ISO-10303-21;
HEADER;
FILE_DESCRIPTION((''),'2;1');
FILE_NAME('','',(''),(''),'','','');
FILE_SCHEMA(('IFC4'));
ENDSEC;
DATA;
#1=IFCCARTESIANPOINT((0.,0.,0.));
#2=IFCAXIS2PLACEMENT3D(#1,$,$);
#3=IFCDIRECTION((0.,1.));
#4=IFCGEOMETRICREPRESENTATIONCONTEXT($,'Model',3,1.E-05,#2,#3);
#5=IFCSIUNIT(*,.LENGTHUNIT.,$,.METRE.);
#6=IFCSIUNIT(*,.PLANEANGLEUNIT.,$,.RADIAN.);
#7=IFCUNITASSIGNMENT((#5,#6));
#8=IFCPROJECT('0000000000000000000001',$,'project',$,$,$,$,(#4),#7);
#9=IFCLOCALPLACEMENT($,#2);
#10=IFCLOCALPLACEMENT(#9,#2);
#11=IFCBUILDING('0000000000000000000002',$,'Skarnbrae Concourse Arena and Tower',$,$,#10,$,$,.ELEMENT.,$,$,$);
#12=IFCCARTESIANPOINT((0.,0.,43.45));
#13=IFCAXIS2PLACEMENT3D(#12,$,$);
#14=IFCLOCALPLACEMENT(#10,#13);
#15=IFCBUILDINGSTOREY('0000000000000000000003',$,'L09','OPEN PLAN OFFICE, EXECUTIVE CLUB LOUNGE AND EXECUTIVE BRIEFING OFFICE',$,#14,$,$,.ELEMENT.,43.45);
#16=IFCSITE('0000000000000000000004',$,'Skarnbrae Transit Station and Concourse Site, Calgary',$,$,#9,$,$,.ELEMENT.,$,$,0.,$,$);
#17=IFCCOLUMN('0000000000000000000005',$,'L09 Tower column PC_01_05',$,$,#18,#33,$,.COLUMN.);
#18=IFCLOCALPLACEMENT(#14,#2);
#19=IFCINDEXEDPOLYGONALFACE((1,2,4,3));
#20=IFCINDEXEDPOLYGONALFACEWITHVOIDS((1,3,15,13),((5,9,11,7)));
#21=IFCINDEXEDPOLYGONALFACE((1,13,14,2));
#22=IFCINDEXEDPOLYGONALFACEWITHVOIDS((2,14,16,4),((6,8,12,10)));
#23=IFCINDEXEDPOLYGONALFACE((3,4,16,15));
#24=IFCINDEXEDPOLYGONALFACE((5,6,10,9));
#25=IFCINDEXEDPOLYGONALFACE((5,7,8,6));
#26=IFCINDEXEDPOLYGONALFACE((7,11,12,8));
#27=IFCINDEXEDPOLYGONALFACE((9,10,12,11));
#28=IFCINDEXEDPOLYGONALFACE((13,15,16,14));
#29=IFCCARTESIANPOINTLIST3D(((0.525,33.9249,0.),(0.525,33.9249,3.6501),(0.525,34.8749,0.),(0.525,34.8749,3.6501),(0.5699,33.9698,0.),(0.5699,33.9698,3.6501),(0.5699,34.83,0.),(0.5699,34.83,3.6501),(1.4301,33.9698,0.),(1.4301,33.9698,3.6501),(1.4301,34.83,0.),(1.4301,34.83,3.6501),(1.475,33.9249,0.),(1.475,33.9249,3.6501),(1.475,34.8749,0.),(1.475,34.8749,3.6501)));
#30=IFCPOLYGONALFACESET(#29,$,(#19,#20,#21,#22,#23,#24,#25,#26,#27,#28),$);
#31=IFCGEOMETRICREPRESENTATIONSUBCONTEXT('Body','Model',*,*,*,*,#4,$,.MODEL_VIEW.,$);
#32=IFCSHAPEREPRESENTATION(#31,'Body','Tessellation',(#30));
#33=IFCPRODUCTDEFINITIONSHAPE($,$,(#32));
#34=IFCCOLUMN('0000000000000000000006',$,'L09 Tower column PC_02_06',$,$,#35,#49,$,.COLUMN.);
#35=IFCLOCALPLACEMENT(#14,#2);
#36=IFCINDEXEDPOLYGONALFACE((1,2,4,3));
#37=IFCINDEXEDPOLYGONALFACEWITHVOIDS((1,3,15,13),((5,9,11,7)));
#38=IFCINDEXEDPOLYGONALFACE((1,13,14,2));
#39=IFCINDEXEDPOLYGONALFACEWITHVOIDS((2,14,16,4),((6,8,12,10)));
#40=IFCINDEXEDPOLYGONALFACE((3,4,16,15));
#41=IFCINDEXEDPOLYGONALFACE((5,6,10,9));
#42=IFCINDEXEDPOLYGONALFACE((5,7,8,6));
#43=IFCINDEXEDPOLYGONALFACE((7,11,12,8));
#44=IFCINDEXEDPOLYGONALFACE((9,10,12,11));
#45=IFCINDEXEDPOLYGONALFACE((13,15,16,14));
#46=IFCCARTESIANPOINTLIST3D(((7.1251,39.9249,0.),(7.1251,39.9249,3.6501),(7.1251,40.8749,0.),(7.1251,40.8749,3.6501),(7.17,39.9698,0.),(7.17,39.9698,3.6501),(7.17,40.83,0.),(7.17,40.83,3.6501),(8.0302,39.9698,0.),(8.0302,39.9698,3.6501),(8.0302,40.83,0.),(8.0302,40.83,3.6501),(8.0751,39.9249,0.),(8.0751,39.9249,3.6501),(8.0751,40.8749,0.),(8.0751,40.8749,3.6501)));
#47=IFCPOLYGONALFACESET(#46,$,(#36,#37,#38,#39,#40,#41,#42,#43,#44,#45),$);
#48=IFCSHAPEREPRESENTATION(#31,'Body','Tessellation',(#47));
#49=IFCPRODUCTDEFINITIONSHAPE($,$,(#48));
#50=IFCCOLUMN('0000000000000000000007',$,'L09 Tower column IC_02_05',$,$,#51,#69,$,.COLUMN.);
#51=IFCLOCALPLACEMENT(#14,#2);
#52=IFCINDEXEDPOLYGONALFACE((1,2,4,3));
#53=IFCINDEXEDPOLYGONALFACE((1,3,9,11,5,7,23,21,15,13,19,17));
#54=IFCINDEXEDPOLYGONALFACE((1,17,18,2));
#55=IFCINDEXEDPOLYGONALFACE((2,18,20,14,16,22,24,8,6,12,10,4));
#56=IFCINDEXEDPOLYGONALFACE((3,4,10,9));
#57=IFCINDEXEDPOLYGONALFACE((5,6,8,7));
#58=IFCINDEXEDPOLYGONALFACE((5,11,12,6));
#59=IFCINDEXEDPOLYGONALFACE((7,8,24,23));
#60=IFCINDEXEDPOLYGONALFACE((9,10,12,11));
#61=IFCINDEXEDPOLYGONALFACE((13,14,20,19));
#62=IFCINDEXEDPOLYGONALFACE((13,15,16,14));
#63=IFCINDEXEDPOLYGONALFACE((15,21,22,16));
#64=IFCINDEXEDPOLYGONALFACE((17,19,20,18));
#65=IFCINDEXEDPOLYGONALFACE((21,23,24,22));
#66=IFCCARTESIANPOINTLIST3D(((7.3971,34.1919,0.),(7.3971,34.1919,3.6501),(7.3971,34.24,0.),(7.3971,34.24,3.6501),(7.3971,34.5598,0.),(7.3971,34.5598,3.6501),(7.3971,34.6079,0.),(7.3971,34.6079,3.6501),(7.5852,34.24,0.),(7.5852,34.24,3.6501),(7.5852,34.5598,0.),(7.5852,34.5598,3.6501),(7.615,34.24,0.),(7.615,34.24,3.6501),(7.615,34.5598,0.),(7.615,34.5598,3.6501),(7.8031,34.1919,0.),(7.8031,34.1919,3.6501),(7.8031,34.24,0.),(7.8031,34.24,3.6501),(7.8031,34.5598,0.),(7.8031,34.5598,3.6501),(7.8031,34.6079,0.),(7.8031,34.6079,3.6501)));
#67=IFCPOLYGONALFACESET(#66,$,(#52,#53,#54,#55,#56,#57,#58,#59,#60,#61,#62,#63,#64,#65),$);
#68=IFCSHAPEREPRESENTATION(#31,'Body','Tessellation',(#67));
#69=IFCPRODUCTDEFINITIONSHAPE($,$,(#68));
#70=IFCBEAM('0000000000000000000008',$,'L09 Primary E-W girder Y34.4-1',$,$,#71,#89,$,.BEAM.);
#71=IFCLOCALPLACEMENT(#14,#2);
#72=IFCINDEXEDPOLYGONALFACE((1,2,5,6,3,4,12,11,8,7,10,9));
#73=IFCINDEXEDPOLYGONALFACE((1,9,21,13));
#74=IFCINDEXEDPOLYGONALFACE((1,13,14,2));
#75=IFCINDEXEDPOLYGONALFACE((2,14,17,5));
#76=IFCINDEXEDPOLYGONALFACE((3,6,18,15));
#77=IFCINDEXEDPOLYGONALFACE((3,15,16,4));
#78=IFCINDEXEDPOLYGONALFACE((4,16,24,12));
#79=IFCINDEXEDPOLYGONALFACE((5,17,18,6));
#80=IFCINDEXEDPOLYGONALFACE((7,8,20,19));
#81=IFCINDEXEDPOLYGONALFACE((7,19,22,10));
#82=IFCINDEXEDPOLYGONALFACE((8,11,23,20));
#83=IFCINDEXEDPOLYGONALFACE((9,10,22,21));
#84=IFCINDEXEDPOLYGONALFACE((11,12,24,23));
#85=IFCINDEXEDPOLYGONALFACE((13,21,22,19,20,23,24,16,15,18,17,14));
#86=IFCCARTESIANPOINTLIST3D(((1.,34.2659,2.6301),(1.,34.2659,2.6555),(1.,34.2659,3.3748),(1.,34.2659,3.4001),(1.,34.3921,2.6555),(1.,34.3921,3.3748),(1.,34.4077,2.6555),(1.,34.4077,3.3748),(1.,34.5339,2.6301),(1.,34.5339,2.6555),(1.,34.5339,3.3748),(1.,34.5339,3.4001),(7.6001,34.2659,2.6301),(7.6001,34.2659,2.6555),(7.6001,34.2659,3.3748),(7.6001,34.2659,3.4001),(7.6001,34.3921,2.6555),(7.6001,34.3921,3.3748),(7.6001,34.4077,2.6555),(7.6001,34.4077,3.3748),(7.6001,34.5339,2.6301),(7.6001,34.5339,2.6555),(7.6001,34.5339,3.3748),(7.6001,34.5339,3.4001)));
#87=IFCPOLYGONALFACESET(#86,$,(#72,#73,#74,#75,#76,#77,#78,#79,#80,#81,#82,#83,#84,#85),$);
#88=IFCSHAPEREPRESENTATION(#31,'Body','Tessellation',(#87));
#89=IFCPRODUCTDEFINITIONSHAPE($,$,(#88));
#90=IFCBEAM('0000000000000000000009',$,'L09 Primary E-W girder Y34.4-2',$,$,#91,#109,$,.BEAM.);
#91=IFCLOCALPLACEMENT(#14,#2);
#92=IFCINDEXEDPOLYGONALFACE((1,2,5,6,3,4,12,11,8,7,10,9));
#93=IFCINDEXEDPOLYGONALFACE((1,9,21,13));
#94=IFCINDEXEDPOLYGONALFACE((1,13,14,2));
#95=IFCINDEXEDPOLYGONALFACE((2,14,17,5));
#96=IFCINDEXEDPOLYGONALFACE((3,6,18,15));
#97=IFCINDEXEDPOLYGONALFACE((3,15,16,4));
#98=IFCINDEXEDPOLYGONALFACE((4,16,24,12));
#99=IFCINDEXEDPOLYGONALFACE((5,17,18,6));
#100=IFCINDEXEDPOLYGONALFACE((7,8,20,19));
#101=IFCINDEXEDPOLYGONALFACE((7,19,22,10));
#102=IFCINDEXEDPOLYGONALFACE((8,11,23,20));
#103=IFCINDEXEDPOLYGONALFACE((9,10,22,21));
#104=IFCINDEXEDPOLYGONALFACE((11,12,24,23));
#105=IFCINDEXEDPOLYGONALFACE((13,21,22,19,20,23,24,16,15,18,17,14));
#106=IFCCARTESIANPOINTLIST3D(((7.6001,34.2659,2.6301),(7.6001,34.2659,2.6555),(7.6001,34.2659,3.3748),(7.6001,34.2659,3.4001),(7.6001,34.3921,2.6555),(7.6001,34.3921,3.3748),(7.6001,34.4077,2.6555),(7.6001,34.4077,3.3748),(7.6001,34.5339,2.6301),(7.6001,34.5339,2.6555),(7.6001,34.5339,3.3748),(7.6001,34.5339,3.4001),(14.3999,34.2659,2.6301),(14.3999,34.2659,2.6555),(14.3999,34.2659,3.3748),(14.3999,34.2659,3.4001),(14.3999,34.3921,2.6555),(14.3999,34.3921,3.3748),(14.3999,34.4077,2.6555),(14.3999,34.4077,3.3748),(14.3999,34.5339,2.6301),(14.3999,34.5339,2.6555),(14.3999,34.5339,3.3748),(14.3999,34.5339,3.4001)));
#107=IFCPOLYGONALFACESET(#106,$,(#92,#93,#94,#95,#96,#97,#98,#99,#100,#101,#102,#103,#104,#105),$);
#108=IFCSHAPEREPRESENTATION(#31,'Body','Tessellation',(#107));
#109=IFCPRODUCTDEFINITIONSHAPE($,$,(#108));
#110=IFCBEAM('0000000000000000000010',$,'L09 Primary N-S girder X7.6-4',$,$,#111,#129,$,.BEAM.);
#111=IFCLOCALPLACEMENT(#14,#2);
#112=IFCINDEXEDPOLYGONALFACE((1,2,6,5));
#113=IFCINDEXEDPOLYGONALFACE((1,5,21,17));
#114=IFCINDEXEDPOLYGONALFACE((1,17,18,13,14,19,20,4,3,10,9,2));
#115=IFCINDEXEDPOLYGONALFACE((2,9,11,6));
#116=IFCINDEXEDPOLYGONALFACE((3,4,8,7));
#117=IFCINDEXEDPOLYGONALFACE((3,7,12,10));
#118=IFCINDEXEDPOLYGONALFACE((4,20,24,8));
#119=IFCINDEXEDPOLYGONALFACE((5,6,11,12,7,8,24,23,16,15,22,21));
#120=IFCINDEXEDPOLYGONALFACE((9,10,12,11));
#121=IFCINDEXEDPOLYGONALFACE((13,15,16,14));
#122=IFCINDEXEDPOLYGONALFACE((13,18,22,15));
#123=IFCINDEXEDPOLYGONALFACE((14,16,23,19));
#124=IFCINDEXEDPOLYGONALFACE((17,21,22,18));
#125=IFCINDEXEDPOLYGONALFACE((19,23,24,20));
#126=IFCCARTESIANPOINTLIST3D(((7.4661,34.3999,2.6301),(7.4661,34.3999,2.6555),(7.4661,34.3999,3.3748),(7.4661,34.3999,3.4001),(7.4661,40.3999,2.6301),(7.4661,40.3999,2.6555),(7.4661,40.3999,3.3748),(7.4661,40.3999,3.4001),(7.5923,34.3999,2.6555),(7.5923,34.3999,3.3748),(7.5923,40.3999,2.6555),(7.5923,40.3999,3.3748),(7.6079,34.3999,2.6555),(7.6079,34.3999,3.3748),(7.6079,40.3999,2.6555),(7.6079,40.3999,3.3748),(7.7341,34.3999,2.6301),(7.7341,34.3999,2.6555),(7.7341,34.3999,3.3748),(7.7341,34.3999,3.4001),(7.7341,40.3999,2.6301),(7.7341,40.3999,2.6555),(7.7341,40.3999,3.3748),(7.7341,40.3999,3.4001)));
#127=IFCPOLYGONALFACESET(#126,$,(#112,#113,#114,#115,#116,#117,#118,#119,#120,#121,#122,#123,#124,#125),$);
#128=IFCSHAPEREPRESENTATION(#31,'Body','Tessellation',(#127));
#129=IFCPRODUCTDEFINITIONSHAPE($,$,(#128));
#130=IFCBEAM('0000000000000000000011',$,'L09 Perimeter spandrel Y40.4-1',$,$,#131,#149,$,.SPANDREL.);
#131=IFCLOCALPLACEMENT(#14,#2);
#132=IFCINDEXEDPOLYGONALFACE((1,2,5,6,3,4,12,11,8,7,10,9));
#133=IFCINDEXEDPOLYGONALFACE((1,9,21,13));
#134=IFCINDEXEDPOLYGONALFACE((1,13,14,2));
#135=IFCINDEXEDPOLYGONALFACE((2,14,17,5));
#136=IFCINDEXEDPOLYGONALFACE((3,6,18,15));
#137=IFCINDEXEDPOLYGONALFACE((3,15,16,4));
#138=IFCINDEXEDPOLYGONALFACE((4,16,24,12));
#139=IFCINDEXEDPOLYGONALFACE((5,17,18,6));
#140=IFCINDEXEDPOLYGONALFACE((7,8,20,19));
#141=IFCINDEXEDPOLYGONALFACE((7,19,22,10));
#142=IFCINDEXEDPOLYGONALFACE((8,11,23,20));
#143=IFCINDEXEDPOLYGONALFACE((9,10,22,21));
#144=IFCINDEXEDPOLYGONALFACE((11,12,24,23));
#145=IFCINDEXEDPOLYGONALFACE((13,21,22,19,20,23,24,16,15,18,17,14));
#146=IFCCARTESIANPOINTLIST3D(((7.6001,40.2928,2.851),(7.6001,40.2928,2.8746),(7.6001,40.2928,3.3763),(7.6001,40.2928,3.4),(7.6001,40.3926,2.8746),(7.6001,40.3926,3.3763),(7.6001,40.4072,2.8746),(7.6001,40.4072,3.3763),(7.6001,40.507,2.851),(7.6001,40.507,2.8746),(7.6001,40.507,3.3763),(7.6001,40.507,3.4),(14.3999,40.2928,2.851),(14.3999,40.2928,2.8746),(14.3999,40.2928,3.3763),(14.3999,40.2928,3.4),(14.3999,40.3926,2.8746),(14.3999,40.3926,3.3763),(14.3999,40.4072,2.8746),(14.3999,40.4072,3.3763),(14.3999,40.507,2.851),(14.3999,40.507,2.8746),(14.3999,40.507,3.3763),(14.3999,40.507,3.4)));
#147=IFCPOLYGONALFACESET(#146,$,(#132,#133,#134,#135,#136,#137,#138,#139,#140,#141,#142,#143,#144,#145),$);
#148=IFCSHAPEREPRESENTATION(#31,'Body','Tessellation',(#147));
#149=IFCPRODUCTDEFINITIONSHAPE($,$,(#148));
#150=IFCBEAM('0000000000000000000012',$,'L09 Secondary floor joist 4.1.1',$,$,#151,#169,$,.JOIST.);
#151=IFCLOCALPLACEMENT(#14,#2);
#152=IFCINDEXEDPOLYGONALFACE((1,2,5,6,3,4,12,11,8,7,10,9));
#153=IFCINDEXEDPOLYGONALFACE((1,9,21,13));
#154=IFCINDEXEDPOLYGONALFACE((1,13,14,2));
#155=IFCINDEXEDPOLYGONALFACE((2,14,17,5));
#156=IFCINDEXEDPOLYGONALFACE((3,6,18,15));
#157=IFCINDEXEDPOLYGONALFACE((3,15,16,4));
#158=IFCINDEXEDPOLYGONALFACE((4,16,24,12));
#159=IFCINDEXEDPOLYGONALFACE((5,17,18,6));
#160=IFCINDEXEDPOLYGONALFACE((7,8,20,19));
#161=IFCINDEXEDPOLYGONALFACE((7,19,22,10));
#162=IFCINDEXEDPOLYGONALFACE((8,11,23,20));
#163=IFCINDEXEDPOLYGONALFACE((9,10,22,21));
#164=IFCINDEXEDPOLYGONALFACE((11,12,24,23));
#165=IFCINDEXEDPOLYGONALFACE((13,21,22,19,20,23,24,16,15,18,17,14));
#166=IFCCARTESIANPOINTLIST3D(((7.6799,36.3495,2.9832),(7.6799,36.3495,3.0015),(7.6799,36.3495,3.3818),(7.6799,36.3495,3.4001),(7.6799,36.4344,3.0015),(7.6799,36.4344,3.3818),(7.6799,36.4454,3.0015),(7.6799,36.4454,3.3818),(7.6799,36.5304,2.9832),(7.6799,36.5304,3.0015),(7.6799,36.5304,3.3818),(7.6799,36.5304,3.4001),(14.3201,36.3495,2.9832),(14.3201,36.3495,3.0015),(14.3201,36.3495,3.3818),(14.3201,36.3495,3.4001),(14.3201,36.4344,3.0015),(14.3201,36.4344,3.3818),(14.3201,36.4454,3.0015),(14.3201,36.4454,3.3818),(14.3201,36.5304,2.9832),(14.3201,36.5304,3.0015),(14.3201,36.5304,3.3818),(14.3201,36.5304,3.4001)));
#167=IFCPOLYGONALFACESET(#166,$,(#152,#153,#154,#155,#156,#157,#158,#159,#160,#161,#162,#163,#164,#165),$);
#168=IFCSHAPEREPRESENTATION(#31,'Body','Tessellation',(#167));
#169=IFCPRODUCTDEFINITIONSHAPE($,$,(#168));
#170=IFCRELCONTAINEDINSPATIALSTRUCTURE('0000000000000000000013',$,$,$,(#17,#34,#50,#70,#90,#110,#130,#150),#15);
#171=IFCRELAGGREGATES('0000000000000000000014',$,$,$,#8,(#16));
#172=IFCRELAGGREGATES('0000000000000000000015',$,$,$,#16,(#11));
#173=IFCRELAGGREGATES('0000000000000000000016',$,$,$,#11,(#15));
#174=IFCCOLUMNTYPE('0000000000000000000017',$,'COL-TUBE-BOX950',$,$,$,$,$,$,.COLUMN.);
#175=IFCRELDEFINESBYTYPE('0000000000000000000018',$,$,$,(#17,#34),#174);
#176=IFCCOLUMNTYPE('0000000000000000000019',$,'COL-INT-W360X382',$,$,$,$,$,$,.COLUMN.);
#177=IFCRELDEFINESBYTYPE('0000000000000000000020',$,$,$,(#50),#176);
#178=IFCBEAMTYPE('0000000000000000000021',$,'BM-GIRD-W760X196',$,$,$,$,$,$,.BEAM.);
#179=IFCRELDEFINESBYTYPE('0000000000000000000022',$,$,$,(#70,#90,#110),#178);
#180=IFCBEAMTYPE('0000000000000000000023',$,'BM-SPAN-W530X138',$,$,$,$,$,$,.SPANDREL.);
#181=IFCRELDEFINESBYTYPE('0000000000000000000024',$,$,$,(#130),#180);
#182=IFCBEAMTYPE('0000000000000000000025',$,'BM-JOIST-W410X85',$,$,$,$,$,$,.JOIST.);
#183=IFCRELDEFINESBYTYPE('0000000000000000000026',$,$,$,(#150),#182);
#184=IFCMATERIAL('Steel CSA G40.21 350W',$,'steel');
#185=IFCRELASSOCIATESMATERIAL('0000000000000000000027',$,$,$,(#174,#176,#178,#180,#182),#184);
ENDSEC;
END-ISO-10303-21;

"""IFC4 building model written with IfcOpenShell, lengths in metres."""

from ifc_helpers import new_model, si_unit, direction, frame, origin, origin_2d, place, context, subcontext, project, spatial, hollow_rectangle, i_section, extrude, source, transform, mapped, material, material_profile, profile_set, type_object, element, save


model = new_model("IFC4")

# Units and contexts
model_context = context("Model", 3, precision=1e-05, world=origin(), true_north=direction((0.0, 1.0)))
body_context = subcontext(model_context, "Body", "Model", "MODEL_VIEW")
ifc_project = project(units=[si_unit("LENGTHUNIT", "METRE"), si_unit("PLANEANGLEUNIT", "RADIAN")], contexts=[model_context])

# Site, building, storey
site_placement = place(None, origin())
site = spatial("IfcSite", under=ifc_project, at=site_placement, Name="Skarnbrae Transit Station and Concourse Site, Calgary", CompositionType="ELEMENT", RefElevation=0.0)
building_placement = place(site_placement, origin())
building = spatial("IfcBuilding", under=site, at=building_placement, Name="Skarnbrae Concourse Arena and Tower", CompositionType="ELEMENT")
storey_placement = place(building_placement, frame((0.0, 0.0, 43.45)))
storey = spatial("IfcBuildingStorey", under=building, at=storey_placement, Name="L09", Description="OPEN PLAN OFFICE, EXECUTIVE CLUB LOUNGE AND EXECUTIVE BRIEFING OFFICE", CompositionType="ELEMENT", Elevation=43.45)

# Columns
ifc_material_1 = material(Name="Steel CSA G40.21 350W", Category="steel")
ifc_material_profile_1 = material_profile(ifc_material_1, hollow_rectangle(XDim=0.95, YDim=0.95, WallThickness=0.0449, at=origin_2d()), Name="BOX950X950X45")
ifc_profile_set_1 = profile_set([ifc_material_profile_1], Name="Steel CSA G40.21 350W")
column_type_1 = type_object("IfcColumnType", Name="COL-TUBE-BOX950", PredefinedType="COLUMN", material=ifc_profile_set_1)
shared_shape_1 = source(origin(), body_context, "Body", "SweptSolid", [
    extrude(hollow_rectangle(XDim=0.95, YDim=0.95, WallThickness=0.0449, at=origin_2d()), origin(), (0.0, 0.0, 1.0), 3.6501),
])
for number, where, z_axis, x_axis, name in (
    (1, (1.0, 34.3999, 0.0), (0.0, 0.0, 1.0), (1.0, 0.0, 0.0), "L09 Tower column PC_01_05"),
    (2, (7.6001, 40.3999, 0.0), (0.0, 0.0, 1.0), (1.0, 0.0, 0.0), "L09 Tower column PC_02_06"),
):
    element("IfcColumn", number, at=place(storey_placement, frame(where, z_axis=z_axis, x_axis=x_axis)), inside=storey, type_object=column_type_1, Name=name, PredefinedType="COLUMN", context=body_context, shape_type="MappedRepresentation", body=[
        mapped(shared_shape_1, transform((0.0, 0.0, 0.0))),
    ])
ifc_material_profile_2 = material_profile(ifc_material_1, i_section(OverallWidth=0.406, OverallDepth=0.416, WebThickness=0.0298, FlangeThickness=0.0481, at=origin_2d()), Name="W360X382")
ifc_profile_set_2 = profile_set([ifc_material_profile_2], Name="Steel CSA G40.21 350W")
column_type_2 = type_object("IfcColumnType", Name="COL-INT-W360X382", PredefinedType="COLUMN", material=ifc_profile_set_2)
shared_shape_2 = source(origin(), body_context, "Body", "SweptSolid", [
    extrude(i_section(OverallWidth=0.406, OverallDepth=0.416, WebThickness=0.0298, FlangeThickness=0.0481, at=origin_2d()), origin(), (0.0, 0.0, 1.0), 3.6501),
])
column_placement = place(storey_placement, frame((7.6001, 34.3999, 0.0), z_axis=(0.0, 0.0, 1.0), x_axis=(1.0, 0.0, 0.0)))
element("IfcColumn", 3, at=column_placement, inside=storey, type_object=column_type_2, Name="L09 Tower column IC_02_05", PredefinedType="COLUMN", context=body_context, shape_type="MappedRepresentation", body=[
    mapped(shared_shape_2, transform((0.0, 0.0, 0.0))),
])

# Beams
ifc_material_profile_3 = material_profile(ifc_material_1, i_section(OverallWidth=0.2681, OverallDepth=0.77, WebThickness=0.0156, FlangeThickness=0.0254, at=origin_2d()), Name="W760X196")
ifc_profile_set_3 = profile_set([ifc_material_profile_3], Name="Steel CSA G40.21 350W")
beam_type_1 = type_object("IfcBeamType", Name="BM-GIRD-W760X196", PredefinedType="BEAM", material=ifc_profile_set_3)
shared_shape_3 = source(origin(), body_context, "Body", "SweptSolid", [
    extrude(i_section(OverallWidth=0.2681, OverallDepth=0.77, WebThickness=0.0156, FlangeThickness=0.0254, at=origin_2d()), origin(), (0.0, 0.0, 1.0), 6.6001),
])
beam_1_placement = place(storey_placement, frame((1.0, 34.3999, 3.0151), z_axis=(1.0, 0.0, 0.0), x_axis=(0.0, 1.0, 0.0)))
element("IfcBeam", 4, at=beam_1_placement, inside=storey, type_object=beam_type_1, Name="L09 Primary E-W girder Y34.4-1", PredefinedType="BEAM", context=body_context, shape_type="MappedRepresentation", body=[
    mapped(shared_shape_3, transform((0.0, 0.0, 0.0))),
])
shared_shape_4 = source(origin(), body_context, "Body", "SweptSolid", [
    extrude(i_section(OverallWidth=0.2681, OverallDepth=0.77, WebThickness=0.0156, FlangeThickness=0.0254, at=origin_2d()), origin(), (0.0, 0.0, 1.0), 6.7998),
])
beam_2_placement = place(storey_placement, frame((7.6001, 34.3999, 3.0151), z_axis=(1.0, 0.0, 0.0), x_axis=(0.0, 1.0, 0.0)))
element("IfcBeam", 5, at=beam_2_placement, inside=storey, type_object=beam_type_1, Name="L09 Primary E-W girder Y34.4-2", PredefinedType="BEAM", context=body_context, shape_type="MappedRepresentation", body=[
    mapped(shared_shape_4, transform((0.0, 0.0, 0.0))),
])
shared_shape_5 = source(origin(), body_context, "Body", "SweptSolid", [
    extrude(i_section(OverallWidth=0.2681, OverallDepth=0.77, WebThickness=0.0156, FlangeThickness=0.0254, at=origin_2d()), origin(), (0.0, 0.0, 1.0), 6.0),
])
beam_3_placement = place(storey_placement, frame((7.6001, 34.3999, 3.0151), z_axis=(0.0, 1.0, 0.0), x_axis=(-1.0, 0.0, 0.0)))
element("IfcBeam", 6, at=beam_3_placement, inside=storey, type_object=beam_type_1, Name="L09 Primary N-S girder X7.6-4", PredefinedType="BEAM", context=body_context, shape_type="MappedRepresentation", body=[
    mapped(shared_shape_5, transform((0.0, 0.0, 0.0))),
])
ifc_material_profile_4 = material_profile(ifc_material_1, i_section(OverallWidth=0.2141, OverallDepth=0.5491, WebThickness=0.0146, FlangeThickness=0.0237, at=origin_2d()), Name="W530X138")
ifc_profile_set_4 = profile_set([ifc_material_profile_4], Name="Steel CSA G40.21 350W")
beam_type_2 = type_object("IfcBeamType", Name="BM-SPAN-W530X138", PredefinedType="SPANDREL", material=ifc_profile_set_4)
shared_shape_6 = source(origin(), body_context, "Body", "SweptSolid", [
    extrude(i_section(OverallWidth=0.2141, OverallDepth=0.5491, WebThickness=0.0146, FlangeThickness=0.0237, at=origin_2d()), origin(), (0.0, 0.0, 1.0), 6.7998),
])
beam_4_placement = place(storey_placement, frame((7.6001, 40.3999, 3.1255), z_axis=(1.0, 0.0, 0.0), x_axis=(0.0, 1.0, 0.0)))
element("IfcBeam", 7, at=beam_4_placement, inside=storey, type_object=beam_type_2, Name="L09 Perimeter spandrel Y40.4-1", PredefinedType="SPANDREL", context=body_context, shape_type="MappedRepresentation", body=[
    mapped(shared_shape_6, transform((0.0, 0.0, 0.0))),
])
ifc_material_profile_5 = material_profile(ifc_material_1, i_section(OverallWidth=0.1809, OverallDepth=0.417, WebThickness=0.011, FlangeThickness=0.0183, at=origin_2d()), Name="W410X85")
ifc_profile_set_5 = profile_set([ifc_material_profile_5], Name="Steel CSA G40.21 350W")
beam_type_3 = type_object("IfcBeamType", Name="BM-JOIST-W410X85", PredefinedType="JOIST", material=ifc_profile_set_5)
shared_shape_7 = source(origin(), body_context, "Body", "SweptSolid", [
    extrude(i_section(OverallWidth=0.1809, OverallDepth=0.417, WebThickness=0.011, FlangeThickness=0.0183, at=origin_2d()), origin(), (0.0, 0.0, 1.0), 6.6401),
])
for number, where, z_axis, x_axis, name in (
    (8, (7.6799, 36.4399, 3.1917), (1.0, 0.0, 0.0), (0.0, 1.0, 0.0), "L09 Secondary floor joist 4.1.1"),
):
    element("IfcBeam", number, at=place(storey_placement, frame(where, z_axis=z_axis, x_axis=x_axis)), inside=storey, type_object=beam_type_3, Name=name, PredefinedType="JOIST", context=body_context, shape_type="MappedRepresentation", body=[
        mapped(shared_shape_7, transform((0.0, 0.0, 0.0))),
    ])

save(model, "model.ifc")
